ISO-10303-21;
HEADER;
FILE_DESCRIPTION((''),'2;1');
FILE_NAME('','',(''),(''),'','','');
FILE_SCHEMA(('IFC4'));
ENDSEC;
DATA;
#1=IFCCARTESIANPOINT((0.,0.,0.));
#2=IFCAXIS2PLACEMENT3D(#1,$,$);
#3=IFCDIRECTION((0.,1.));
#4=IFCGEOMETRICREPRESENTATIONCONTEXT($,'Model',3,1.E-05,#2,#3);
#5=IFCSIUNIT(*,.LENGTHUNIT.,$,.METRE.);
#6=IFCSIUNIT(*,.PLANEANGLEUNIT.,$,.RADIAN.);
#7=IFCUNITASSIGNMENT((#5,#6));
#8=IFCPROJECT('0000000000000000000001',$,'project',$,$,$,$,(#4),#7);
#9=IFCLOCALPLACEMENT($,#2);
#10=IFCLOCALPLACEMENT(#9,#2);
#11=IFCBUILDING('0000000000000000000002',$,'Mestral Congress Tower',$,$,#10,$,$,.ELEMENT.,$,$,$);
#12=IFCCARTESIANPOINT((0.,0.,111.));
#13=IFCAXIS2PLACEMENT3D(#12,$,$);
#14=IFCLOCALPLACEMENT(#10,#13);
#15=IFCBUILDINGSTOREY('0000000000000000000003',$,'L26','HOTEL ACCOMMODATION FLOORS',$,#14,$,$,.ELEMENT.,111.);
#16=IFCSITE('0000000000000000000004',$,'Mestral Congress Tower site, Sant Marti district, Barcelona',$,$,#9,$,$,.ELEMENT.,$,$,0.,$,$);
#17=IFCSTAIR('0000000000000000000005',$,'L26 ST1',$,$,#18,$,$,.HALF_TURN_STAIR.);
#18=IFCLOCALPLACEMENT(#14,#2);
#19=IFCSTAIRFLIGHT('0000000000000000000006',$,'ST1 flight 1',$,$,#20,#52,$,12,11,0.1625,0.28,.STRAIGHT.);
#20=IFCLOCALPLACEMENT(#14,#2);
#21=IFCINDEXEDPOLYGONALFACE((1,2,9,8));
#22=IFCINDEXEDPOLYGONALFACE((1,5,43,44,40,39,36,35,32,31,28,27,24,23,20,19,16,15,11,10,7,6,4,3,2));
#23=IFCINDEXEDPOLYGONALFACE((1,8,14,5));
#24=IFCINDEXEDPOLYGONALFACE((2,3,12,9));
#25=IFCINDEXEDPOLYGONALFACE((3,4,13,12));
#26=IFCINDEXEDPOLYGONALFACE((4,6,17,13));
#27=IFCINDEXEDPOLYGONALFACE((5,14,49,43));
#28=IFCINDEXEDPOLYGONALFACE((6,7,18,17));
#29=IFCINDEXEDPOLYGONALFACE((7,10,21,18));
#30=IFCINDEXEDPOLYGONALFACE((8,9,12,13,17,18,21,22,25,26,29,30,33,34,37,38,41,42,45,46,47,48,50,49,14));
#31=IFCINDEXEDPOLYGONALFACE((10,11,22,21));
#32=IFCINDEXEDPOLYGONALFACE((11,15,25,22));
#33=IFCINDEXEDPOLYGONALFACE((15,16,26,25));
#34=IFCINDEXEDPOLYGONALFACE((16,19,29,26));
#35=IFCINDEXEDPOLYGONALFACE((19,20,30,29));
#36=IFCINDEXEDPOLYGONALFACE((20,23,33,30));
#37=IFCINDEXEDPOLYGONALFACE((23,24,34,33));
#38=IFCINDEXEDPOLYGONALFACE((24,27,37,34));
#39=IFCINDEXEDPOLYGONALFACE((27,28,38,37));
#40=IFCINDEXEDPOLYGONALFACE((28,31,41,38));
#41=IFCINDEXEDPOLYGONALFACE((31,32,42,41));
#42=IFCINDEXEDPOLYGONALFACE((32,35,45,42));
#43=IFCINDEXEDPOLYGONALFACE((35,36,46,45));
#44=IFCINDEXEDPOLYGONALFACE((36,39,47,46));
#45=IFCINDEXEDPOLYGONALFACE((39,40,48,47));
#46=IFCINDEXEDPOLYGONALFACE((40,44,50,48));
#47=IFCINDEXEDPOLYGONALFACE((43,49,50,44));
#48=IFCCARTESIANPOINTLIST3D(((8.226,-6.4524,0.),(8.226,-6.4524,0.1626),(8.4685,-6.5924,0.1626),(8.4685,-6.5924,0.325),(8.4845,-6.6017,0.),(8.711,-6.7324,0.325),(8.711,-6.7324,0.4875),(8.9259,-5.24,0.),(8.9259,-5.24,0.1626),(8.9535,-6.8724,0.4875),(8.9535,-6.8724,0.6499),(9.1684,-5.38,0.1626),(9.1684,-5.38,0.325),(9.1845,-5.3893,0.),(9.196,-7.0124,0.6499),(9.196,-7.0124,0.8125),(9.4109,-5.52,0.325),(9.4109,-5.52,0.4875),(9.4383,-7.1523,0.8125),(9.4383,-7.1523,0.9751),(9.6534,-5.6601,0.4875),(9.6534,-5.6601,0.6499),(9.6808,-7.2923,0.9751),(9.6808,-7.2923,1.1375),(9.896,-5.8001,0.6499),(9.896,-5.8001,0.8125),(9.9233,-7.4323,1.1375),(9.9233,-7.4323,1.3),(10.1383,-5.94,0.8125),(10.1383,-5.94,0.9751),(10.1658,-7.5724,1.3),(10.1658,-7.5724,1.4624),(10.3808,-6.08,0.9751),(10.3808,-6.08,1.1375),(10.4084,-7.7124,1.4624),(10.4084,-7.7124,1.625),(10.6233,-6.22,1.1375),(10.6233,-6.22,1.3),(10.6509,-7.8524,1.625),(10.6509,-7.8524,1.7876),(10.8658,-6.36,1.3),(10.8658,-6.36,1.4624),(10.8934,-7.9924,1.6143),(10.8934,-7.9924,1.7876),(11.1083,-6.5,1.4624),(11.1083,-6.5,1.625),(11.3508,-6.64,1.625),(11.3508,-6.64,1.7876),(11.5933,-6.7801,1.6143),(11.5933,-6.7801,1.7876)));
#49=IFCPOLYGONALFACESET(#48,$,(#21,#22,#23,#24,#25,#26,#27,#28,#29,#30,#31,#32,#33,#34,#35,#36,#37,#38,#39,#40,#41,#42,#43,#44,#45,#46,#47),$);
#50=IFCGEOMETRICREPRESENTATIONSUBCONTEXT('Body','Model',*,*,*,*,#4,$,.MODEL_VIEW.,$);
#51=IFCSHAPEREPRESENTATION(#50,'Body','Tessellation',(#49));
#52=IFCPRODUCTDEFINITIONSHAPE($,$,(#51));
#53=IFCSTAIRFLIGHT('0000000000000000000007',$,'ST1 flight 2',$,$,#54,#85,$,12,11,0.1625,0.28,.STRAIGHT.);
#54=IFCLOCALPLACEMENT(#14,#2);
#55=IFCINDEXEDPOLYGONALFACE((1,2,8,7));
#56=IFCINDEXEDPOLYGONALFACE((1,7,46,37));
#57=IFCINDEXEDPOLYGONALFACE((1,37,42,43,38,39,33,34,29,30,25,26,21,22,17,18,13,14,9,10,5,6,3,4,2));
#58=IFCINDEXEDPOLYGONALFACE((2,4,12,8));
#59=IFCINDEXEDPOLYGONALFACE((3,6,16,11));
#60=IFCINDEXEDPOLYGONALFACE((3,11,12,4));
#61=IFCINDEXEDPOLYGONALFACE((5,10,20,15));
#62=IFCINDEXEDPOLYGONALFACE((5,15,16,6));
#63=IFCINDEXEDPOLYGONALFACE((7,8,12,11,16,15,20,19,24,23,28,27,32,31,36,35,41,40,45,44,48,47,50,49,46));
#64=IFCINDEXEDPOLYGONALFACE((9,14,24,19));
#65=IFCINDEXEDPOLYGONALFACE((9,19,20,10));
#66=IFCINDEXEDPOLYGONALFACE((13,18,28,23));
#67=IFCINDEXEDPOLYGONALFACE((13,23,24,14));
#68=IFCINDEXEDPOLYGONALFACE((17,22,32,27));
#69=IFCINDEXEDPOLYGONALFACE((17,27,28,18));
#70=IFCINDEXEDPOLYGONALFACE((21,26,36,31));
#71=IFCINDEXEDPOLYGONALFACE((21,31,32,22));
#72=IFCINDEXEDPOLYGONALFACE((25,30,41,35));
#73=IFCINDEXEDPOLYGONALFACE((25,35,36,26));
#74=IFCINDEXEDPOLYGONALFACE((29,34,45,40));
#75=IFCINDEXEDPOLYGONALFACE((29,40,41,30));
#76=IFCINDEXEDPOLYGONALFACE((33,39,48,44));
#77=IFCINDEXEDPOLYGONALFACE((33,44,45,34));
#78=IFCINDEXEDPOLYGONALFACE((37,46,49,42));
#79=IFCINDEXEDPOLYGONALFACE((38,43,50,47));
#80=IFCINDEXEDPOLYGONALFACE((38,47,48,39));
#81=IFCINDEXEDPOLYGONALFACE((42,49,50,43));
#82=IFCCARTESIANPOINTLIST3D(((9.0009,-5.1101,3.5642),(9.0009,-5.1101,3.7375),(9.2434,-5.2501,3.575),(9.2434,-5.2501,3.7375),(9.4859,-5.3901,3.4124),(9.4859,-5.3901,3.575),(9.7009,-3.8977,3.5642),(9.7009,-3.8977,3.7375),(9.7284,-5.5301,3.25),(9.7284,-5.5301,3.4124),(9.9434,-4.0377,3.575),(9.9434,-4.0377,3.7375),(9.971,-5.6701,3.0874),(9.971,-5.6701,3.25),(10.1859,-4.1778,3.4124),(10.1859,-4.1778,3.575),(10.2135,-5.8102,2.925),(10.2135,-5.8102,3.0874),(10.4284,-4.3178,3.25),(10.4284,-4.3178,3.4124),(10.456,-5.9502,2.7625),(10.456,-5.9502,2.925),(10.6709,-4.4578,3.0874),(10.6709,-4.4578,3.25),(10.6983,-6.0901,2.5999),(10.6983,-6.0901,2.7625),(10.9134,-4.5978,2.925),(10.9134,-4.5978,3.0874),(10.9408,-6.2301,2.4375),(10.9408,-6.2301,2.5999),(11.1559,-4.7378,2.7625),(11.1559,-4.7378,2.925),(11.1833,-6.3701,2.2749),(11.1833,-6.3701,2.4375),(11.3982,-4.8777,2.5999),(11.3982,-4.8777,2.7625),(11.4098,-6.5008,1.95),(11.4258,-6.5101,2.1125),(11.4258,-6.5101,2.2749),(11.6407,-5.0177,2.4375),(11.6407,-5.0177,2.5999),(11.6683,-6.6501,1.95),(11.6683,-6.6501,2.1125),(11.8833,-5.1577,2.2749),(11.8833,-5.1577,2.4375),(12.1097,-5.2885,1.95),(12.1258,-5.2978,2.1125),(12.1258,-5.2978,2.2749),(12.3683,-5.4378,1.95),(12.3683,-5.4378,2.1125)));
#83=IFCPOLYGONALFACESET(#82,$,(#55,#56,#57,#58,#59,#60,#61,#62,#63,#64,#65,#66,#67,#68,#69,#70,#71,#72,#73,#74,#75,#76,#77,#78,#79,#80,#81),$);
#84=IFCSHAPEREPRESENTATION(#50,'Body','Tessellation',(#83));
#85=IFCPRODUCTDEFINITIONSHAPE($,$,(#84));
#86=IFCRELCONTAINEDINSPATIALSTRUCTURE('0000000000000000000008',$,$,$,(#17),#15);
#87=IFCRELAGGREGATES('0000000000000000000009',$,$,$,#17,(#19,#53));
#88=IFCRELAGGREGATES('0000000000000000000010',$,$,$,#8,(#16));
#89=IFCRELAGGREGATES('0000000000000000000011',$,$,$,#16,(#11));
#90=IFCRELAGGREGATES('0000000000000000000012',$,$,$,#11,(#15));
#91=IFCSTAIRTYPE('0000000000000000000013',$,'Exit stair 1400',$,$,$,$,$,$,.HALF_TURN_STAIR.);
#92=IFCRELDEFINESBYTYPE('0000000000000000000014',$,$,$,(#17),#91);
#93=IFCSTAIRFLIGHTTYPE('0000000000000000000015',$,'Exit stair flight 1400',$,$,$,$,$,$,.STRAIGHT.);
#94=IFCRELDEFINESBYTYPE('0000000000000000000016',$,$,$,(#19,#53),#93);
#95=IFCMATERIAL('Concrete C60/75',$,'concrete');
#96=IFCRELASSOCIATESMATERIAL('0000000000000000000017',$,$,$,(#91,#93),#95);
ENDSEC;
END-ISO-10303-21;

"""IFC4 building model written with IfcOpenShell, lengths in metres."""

from ifc_helpers import new_model, si_unit, direction, frame, origin, place, context, subcontext, project, spatial, polyline, outline, extrude, material, type_object, element, aggregate, save


model = new_model("IFC4")

# Units and contexts
model_context = context("Model", 3, precision=1e-05, world=origin(), true_north=direction((0.0, 1.0)))
body_context = subcontext(model_context, "Body", "Model", "MODEL_VIEW")
ifc_project = project(units=[si_unit("LENGTHUNIT", "METRE"), si_unit("PLANEANGLEUNIT", "RADIAN")], contexts=[model_context])

# Site, building, storey
site_placement = place(None, origin())
site = spatial("IfcSite", under=ifc_project, at=site_placement, Name="Mestral Congress Tower site, Sant Marti district, Barcelona", CompositionType="ELEMENT", RefElevation=0.0)
building_placement = place(site_placement, origin())
building = spatial("IfcBuilding", under=site, at=building_placement, Name="Mestral Congress Tower", CompositionType="ELEMENT")
storey_placement = place(building_placement, frame((0.0, 0.0, 111.0)))
storey = spatial("IfcBuildingStorey", under=building, at=storey_placement, Name="L26", Description="HOTEL ACCOMMODATION FLOORS", CompositionType="ELEMENT", Elevation=111.0)

# Shared definitions
ifc_material_1 = material(Name="Concrete C60/75", Category="concrete")

# Stair
stair_type = type_object("IfcStairType", Name="Exit stair 1400", PredefinedType="HALF_TURN_STAIR", material=ifc_material_1)
placement_1 = place(storey_placement, origin())
stair_1 = element("IfcStair", 1, at=placement_1, inside=storey, type_object=stair_type, Name="L26 ST1", PredefinedType="HALF_TURN_STAIR")

# Stair flights
stair_flight_type = type_object("IfcStairFlightType", Name="Exit stair flight 1400", PredefinedType="STRAIGHT", material=ifc_material_1)
stair_flight_1_placement = place(storey_placement, frame((8.5759, -5.8462, 0.0), z_axis=(0.0, 0.0, 1.0), x_axis=(0.866025, -0.5, 0.0)))
stair_flight_1 = element("IfcStairFlight", 2, at=stair_flight_1_placement, type_object=stair_flight_type, Name="ST1 flight 1", NumberOfRisers=12, NumberOfTreads=11, PredefinedType="STRAIGHT", RiserHeight=0.1625, TreadLength=0.28, context=body_context, shape_type="SweptSolid", body=[
    extrude(outline(polyline([(0.0, 0.0), (0.0, 0.1626), (0.28, 0.1626), (0.28, 0.325), (0.5601, 0.325), (0.5601, 0.4875), (0.8401, 0.4875), (0.8401, 0.6499), (1.1201, 0.6499), (1.1201, 0.8125), (1.3999, 0.8125), (1.3999, 0.9751), (1.6799, 0.9751), (1.6799, 1.1375), (1.96, 1.1375), (1.96, 1.3), (2.24, 1.3), (2.24, 1.4624), (2.52, 1.4624), (2.52, 1.625), (2.8, 1.625), (2.8, 1.7876), (3.0801, 1.7876), (3.0801, 1.95), (3.0801, 1.6143), (0.2986, 0.0), (0.0, 0.0)])), frame((0.0, 0.7, 0.0), z_axis=(0.0, -1.0, 0.0), x_axis=(1.0, 0.0, 0.0)), (0.0, 0.0, 1.0), 1.3999),
])
stair_flight_2_placement = place(storey_placement, frame((12.0183, -6.0439, 1.95), z_axis=(0.0, 0.0, 1.0), x_axis=(-0.866025, 0.5, 0.0)))
stair_flight_2 = element("IfcStairFlight", 3, at=stair_flight_2_placement, type_object=stair_flight_type, Name="ST1 flight 2", NumberOfRisers=12, NumberOfTreads=11, PredefinedType="STRAIGHT", RiserHeight=0.1625, TreadLength=0.28, context=body_context, shape_type="SweptSolid", body=[
    extrude(outline(polyline([(0.0, 0.0), (0.0, 0.1626), (0.28, 0.1626), (0.28, 0.325), (0.5601, 0.325), (0.5601, 0.4875), (0.8401, 0.4875), (0.8401, 0.6499), (1.1201, 0.6499), (1.1201, 0.8125), (1.3999, 0.8125), (1.3999, 0.9751), (1.6799, 0.9751), (1.6799, 1.1375), (1.96, 1.1375), (1.96, 1.3), (2.24, 1.3), (2.24, 1.4624), (2.52, 1.4624), (2.52, 1.625), (2.8, 1.625), (2.8, 1.7876), (3.0801, 1.7876), (3.0801, 1.95), (3.0801, 1.6143), (0.2986, 0.0), (0.0, 0.0)])), frame((0.0, 0.7, 0.0), z_axis=(0.0, -1.0, 0.0), x_axis=(1.0, 0.0, 0.0)), (0.0, 0.0, 1.0), 1.3999),
])
aggregate(stair_1, [stair_flight_1, stair_flight_2])

save(model, "model.ifc")
